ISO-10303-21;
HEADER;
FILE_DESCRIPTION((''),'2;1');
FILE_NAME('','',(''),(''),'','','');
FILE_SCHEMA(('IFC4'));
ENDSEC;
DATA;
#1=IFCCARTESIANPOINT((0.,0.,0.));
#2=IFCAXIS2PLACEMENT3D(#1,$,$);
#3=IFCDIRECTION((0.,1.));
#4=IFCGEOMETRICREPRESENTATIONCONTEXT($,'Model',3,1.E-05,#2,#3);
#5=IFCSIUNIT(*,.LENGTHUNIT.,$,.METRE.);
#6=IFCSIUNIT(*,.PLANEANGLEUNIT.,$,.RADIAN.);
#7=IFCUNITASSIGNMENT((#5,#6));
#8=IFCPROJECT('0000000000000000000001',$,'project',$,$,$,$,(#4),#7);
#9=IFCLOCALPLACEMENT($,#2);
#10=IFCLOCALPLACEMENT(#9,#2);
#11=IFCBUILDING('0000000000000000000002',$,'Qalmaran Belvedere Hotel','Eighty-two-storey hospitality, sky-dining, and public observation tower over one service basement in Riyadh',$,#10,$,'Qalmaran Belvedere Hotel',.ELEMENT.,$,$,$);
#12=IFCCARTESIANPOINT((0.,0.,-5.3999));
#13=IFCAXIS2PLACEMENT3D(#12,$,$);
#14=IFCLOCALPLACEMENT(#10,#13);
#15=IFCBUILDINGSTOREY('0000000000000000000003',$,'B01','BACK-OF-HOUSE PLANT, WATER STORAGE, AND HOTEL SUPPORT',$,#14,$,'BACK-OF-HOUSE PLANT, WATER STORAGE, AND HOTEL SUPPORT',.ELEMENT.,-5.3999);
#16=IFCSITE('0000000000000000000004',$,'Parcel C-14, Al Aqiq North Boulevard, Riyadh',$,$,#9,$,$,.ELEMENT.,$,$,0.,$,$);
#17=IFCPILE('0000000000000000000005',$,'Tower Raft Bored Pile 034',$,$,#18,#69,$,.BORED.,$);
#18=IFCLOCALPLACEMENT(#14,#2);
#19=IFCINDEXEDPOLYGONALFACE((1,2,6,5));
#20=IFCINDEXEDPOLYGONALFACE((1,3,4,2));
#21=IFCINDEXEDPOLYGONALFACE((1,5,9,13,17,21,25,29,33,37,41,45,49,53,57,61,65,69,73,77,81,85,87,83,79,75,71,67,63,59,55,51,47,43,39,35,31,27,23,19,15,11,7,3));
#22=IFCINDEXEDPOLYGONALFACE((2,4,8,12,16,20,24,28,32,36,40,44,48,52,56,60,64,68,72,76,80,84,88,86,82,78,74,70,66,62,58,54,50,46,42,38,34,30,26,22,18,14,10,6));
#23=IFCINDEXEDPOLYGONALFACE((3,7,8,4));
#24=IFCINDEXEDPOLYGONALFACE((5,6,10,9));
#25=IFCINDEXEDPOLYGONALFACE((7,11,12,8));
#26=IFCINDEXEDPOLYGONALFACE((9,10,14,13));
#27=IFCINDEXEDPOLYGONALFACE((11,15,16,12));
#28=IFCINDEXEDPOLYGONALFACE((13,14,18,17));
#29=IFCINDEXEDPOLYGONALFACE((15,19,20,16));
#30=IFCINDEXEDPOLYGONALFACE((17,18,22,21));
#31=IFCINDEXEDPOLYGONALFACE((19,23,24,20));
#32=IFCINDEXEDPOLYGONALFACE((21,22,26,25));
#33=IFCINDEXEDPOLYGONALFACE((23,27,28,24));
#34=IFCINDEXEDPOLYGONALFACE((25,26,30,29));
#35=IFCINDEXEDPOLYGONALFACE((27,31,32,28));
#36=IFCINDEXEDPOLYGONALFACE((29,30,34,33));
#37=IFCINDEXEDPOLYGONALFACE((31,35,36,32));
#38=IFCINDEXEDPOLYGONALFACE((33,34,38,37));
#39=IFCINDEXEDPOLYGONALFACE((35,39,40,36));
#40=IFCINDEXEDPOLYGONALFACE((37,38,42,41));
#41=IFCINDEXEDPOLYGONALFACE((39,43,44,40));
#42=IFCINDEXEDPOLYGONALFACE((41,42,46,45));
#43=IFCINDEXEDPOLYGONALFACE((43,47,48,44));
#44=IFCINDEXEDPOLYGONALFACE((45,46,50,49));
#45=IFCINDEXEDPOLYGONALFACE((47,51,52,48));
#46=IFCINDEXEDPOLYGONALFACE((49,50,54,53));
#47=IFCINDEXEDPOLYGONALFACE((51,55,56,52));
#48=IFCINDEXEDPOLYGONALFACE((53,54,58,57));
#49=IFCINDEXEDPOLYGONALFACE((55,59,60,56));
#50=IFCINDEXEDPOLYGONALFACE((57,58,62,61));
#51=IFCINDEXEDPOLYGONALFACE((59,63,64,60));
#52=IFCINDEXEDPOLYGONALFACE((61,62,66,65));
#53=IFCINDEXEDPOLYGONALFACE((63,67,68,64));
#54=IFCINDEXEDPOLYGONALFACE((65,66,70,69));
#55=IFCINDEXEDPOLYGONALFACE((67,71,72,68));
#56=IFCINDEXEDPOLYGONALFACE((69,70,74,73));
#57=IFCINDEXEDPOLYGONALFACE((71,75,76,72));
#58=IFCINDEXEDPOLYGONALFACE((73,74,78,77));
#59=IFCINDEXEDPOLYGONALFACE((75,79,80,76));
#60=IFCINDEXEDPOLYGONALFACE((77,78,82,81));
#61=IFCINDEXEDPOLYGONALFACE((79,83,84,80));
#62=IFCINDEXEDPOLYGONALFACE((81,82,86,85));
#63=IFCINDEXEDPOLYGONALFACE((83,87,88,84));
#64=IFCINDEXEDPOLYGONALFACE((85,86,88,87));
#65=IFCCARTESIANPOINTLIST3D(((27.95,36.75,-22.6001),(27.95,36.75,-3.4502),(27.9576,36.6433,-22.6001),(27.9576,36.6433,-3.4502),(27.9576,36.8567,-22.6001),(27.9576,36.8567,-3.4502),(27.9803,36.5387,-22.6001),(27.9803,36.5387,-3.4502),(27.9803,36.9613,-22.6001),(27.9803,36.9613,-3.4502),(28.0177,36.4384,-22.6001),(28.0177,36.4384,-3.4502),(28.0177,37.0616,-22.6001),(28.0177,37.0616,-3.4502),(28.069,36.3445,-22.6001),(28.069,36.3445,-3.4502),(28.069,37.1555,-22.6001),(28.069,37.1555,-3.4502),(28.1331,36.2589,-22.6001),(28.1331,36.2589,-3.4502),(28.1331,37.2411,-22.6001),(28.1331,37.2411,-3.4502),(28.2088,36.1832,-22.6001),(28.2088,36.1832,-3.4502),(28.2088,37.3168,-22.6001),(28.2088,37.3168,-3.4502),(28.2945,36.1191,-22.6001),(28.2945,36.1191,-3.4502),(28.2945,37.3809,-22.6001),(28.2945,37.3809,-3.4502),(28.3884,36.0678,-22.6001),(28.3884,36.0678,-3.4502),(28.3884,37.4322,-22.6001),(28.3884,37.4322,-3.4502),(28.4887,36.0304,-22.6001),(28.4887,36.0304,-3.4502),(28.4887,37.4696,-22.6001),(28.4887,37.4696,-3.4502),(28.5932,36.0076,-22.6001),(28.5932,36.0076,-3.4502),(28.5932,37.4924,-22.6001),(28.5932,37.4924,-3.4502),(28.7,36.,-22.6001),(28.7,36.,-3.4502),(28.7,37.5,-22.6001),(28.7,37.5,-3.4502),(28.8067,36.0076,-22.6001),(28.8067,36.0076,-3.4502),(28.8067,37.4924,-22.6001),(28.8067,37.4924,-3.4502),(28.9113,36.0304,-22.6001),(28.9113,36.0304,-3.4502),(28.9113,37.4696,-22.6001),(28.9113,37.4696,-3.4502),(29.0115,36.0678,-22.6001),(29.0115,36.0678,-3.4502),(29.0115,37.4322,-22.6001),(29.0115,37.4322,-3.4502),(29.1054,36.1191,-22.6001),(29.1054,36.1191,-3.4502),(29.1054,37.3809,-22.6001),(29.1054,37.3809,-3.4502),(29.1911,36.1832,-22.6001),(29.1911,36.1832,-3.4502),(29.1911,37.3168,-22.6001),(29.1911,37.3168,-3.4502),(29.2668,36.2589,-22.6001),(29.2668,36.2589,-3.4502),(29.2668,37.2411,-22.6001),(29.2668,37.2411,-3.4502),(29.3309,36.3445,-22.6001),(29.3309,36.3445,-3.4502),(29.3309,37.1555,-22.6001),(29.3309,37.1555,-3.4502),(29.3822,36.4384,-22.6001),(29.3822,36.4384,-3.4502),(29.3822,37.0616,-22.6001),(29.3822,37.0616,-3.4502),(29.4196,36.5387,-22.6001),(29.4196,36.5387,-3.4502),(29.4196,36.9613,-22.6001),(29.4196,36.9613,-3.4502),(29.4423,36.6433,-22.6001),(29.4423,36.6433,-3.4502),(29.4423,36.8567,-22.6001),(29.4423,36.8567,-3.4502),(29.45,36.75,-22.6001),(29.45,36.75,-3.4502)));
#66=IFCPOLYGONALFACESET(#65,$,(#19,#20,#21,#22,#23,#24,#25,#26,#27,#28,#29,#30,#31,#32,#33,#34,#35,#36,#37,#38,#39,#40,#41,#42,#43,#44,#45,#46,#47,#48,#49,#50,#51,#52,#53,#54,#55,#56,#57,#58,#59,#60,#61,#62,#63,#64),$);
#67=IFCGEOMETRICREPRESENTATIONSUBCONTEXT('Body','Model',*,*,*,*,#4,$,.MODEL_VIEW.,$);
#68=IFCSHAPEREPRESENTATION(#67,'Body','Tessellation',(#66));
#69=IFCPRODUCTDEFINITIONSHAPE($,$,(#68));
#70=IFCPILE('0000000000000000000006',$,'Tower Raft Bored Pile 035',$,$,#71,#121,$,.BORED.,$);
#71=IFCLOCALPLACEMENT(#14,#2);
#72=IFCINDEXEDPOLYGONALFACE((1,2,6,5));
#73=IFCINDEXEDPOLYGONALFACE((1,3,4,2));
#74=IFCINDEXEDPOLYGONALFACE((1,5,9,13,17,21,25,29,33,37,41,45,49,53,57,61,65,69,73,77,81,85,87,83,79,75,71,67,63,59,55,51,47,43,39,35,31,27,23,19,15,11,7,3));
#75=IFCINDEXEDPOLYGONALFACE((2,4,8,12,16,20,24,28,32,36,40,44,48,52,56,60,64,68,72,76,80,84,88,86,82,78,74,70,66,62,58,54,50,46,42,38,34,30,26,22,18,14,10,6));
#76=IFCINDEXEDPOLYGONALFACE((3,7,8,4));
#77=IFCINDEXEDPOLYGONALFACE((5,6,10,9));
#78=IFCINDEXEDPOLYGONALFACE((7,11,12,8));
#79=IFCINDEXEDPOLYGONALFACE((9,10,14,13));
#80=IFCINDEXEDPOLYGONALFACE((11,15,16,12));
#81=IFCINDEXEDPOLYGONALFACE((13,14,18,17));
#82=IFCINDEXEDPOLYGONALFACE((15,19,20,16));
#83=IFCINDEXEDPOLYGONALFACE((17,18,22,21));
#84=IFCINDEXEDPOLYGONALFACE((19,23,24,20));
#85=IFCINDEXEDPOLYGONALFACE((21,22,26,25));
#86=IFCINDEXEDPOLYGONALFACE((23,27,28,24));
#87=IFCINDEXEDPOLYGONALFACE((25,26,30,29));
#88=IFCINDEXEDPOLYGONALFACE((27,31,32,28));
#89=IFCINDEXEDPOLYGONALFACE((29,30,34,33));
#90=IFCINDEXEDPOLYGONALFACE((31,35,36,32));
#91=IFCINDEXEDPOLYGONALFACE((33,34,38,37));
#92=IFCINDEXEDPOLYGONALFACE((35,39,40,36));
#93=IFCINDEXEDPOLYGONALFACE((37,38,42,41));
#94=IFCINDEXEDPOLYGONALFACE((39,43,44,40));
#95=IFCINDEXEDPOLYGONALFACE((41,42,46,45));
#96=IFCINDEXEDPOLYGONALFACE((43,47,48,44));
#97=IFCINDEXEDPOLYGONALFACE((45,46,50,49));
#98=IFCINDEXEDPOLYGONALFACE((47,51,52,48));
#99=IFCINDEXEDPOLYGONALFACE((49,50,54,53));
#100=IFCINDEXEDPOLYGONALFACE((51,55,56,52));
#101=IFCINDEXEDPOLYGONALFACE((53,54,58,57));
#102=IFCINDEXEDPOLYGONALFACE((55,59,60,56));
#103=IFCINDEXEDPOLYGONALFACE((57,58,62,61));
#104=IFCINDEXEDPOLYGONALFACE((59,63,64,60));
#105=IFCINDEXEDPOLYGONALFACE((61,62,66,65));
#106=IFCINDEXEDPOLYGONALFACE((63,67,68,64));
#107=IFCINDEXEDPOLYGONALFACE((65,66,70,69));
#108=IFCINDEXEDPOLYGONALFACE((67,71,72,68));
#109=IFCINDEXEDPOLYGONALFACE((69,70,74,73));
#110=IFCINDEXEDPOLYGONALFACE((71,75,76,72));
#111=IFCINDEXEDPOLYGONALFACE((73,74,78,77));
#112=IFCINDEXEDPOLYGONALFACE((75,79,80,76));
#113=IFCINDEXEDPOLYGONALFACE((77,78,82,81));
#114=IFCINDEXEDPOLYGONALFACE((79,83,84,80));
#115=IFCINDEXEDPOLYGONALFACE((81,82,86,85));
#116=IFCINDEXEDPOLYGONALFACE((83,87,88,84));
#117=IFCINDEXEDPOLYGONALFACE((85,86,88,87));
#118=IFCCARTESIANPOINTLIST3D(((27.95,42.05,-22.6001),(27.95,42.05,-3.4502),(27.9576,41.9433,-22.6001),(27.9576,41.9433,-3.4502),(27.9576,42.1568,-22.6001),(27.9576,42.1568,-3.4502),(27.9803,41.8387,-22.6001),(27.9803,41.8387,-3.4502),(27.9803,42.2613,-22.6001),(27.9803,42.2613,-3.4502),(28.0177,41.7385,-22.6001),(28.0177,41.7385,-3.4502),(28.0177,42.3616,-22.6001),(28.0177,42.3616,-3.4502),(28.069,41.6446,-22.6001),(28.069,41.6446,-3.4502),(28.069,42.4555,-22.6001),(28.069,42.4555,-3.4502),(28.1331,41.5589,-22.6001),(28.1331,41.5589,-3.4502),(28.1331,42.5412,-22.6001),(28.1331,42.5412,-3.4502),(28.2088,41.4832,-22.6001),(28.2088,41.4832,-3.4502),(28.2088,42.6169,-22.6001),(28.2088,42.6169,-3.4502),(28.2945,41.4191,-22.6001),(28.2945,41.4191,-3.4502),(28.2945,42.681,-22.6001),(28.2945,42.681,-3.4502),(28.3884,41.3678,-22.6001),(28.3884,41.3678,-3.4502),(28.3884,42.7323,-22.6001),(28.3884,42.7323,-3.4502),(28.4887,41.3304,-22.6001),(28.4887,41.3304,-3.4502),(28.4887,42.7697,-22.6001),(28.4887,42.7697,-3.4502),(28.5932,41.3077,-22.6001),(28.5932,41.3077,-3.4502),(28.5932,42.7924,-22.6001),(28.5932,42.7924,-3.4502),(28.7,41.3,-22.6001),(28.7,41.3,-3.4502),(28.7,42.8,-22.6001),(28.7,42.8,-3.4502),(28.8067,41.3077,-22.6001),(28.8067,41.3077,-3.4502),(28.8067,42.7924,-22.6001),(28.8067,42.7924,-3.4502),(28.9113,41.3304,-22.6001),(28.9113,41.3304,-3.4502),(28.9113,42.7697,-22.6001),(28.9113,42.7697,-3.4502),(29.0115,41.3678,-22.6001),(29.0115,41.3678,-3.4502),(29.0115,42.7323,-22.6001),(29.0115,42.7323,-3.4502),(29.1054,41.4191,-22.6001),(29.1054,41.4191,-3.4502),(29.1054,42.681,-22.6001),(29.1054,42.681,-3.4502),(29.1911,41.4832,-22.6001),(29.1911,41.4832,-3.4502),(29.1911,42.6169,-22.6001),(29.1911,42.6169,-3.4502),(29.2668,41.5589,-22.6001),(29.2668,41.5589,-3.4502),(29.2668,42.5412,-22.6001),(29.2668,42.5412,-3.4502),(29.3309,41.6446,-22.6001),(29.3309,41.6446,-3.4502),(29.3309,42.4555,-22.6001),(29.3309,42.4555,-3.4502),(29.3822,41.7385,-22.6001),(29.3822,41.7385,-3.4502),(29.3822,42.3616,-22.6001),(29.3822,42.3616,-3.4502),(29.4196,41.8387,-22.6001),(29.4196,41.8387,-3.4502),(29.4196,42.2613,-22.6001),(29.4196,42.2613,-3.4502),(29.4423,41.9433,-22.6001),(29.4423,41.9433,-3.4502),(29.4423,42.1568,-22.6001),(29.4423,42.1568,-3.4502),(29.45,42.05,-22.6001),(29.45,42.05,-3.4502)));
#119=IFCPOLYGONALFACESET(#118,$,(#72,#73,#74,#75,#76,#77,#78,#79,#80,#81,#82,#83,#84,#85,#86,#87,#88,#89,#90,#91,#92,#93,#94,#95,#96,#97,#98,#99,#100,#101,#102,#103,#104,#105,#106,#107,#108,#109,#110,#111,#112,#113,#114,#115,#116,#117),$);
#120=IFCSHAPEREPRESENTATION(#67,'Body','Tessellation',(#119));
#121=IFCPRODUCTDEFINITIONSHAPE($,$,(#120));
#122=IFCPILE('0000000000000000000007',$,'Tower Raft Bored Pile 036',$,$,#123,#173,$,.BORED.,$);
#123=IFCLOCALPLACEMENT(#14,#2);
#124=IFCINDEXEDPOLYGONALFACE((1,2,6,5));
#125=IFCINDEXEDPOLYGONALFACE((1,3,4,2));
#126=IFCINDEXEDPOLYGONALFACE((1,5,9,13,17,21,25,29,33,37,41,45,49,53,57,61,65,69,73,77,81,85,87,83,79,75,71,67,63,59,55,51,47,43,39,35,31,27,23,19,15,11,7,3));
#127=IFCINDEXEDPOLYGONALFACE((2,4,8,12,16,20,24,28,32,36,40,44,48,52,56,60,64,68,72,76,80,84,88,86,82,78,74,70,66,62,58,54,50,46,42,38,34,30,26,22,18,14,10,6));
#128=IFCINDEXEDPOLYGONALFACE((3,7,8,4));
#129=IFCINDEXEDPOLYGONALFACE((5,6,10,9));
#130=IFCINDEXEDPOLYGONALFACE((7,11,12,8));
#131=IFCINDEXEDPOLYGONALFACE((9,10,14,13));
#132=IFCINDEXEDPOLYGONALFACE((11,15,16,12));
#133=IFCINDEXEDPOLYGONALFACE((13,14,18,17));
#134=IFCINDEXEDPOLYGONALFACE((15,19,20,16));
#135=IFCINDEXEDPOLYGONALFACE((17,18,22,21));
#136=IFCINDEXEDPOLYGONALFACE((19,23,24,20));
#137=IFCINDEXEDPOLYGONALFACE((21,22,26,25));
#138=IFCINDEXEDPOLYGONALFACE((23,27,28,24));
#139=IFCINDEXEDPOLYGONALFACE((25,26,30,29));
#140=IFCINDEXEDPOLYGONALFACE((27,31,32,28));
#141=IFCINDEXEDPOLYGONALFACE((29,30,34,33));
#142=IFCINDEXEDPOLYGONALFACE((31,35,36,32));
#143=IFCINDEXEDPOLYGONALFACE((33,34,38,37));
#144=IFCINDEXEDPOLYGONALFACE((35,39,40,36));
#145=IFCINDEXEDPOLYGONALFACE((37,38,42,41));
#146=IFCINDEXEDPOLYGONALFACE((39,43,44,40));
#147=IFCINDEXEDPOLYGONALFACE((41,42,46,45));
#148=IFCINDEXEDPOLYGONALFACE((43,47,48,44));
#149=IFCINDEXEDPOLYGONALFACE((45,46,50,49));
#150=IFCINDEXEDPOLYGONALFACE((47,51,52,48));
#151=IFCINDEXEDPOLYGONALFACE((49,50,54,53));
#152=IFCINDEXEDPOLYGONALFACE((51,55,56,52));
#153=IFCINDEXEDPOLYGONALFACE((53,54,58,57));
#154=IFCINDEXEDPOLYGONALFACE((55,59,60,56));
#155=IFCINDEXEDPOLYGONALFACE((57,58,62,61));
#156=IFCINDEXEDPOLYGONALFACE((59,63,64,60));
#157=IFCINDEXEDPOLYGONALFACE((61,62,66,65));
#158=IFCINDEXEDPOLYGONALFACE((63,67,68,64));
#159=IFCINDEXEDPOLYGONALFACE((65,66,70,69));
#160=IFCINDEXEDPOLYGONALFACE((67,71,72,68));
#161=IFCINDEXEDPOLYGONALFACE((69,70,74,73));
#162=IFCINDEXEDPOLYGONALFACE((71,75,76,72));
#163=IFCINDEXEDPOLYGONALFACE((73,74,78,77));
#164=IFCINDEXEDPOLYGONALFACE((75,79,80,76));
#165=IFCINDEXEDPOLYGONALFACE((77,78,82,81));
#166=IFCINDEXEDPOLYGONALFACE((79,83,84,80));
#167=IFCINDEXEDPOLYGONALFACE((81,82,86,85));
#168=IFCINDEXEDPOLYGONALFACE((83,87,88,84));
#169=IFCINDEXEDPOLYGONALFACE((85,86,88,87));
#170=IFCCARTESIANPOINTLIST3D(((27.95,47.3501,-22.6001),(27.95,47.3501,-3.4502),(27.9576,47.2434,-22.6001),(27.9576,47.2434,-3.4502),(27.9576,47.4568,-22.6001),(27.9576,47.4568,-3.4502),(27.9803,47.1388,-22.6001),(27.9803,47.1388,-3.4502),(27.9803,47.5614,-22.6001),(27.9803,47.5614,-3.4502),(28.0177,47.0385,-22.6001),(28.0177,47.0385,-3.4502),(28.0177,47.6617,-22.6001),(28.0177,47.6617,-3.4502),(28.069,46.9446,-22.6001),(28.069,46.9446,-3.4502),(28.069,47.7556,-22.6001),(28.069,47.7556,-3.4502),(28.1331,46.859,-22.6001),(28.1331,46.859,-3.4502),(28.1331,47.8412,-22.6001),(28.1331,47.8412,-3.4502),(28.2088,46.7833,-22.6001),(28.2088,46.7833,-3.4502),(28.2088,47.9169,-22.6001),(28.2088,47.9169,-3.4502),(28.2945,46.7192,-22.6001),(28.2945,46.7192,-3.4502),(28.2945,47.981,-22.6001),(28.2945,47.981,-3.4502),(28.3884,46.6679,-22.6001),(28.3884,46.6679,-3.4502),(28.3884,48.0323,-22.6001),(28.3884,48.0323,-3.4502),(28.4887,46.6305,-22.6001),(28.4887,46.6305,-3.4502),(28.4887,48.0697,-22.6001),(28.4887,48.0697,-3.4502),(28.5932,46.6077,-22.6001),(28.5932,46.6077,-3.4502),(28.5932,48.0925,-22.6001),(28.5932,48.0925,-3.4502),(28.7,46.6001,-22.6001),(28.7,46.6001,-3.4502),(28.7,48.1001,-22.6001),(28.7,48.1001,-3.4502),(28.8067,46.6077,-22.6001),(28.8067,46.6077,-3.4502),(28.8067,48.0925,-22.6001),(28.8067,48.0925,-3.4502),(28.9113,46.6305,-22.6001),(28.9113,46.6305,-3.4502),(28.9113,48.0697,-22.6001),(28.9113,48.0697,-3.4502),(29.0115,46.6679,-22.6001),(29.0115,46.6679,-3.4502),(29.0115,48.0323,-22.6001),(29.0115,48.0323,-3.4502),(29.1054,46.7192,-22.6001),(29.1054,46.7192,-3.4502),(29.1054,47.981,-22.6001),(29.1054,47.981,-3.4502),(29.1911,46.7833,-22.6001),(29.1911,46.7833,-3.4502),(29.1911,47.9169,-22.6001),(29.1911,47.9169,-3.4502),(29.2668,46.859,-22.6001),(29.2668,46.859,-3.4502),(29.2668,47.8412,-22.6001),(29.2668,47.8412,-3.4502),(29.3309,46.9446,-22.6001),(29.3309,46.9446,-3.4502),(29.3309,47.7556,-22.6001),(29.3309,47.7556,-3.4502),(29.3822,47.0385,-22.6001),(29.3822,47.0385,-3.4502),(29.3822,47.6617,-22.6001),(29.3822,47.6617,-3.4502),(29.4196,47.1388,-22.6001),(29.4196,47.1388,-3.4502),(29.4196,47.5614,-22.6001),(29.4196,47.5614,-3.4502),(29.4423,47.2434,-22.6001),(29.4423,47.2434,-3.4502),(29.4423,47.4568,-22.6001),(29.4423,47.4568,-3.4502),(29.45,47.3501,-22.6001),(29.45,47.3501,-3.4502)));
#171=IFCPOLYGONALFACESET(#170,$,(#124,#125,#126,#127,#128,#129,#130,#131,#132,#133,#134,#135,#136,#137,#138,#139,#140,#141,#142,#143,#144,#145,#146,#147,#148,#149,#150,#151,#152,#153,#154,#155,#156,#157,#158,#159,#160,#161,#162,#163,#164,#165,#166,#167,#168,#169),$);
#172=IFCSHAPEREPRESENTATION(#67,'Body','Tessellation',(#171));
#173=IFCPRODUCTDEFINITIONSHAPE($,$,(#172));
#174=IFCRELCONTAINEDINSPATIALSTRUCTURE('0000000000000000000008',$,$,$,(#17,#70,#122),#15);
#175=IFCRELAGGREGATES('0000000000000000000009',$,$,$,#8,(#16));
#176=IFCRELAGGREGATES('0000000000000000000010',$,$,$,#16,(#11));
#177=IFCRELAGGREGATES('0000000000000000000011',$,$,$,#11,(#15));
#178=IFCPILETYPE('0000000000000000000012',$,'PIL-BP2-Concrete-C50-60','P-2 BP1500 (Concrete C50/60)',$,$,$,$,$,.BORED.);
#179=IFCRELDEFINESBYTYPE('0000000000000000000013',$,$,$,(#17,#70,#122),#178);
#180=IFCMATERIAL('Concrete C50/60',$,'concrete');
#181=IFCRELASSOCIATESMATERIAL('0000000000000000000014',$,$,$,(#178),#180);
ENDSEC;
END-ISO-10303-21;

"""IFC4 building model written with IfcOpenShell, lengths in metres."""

from ifc_helpers import new_model, si_unit, direction, frame, origin, origin_2d, place, context, subcontext, project, spatial, circle, extrude, material, material_profile, profile_set, type_object, element, save


model = new_model("IFC4")

# Units and contexts
model_context = context("Model", 3, precision=1e-05, world=origin(), true_north=direction((0.0, 1.0)))
body_context = subcontext(model_context, "Body", "Model", "MODEL_VIEW")
ifc_project = project(units=[si_unit("LENGTHUNIT", "METRE"), si_unit("PLANEANGLEUNIT", "RADIAN")], contexts=[model_context])

# Site, building, storey
site_placement = place(None, origin())
site = spatial("IfcSite", under=ifc_project, at=site_placement, Name="Parcel C-14, Al Aqiq North Boulevard, Riyadh", CompositionType="ELEMENT", RefElevation=0.0)
building_placement = place(site_placement, origin())
building = spatial("IfcBuilding", under=site, at=building_placement, Name="Qalmaran Belvedere Hotel", Description="Eighty-two-storey hospitality, sky-dining, and public observation tower over one service basement in Riyadh", LongName="Qalmaran Belvedere Hotel", CompositionType="ELEMENT")
storey_placement = place(building_placement, frame((0.0, 0.0, -5.3999)))
storey = spatial("IfcBuildingStorey", under=building, at=storey_placement, Name="B01", Description="BACK-OF-HOUSE PLANT, WATER STORAGE, AND HOTEL SUPPORT", LongName="BACK-OF-HOUSE PLANT, WATER STORAGE, AND HOTEL SUPPORT", CompositionType="ELEMENT", Elevation=-5.3999)

# Shared definitions
ifc_material_1 = material(Name="Concrete C50/60", Category="concrete")

# Piles
ifc_material_profile_1 = material_profile(ifc_material_1, circle(Radius=0.75, at=origin_2d()), Name="BP1500")
ifc_profile_set_1 = profile_set([ifc_material_profile_1], Name="Concrete C50/60")
pile_type = type_object("IfcPileType", Name="PIL-BP2-Concrete-C50-60", Description="P-2 BP1500 (Concrete C50/60)", PredefinedType="BORED", material=ifc_profile_set_1)
for number, where, z_axis, x_axis, name in (
    (1, (28.7, 36.75, -3.4502), (0.0, 0.0, -1.0), (1.0, 0.0, 0.0), "Tower Raft Bored Pile 034"),
    (2, (28.7, 42.05, -3.4502), (0.0, 0.0, -1.0), (1.0, 0.0, 0.0), "Tower Raft Bored Pile 035"),
    (3, (28.7, 47.3501, -3.4502), (0.0, 0.0, -1.0), (1.0, 0.0, 0.0), "Tower Raft Bored Pile 036"),
):
    element("IfcPile", number, at=place(storey_placement, frame(where, z_axis=z_axis, x_axis=x_axis)), inside=storey, type_object=pile_type, Name=name, PredefinedType="BORED", context=body_context, shape_type="SweptSolid", body=[
        extrude(circle(Radius=0.75, at=origin_2d()), origin(), (0.0, 0.0, 1.0), 19.1499),
    ])

save(model, "model.ifc")
